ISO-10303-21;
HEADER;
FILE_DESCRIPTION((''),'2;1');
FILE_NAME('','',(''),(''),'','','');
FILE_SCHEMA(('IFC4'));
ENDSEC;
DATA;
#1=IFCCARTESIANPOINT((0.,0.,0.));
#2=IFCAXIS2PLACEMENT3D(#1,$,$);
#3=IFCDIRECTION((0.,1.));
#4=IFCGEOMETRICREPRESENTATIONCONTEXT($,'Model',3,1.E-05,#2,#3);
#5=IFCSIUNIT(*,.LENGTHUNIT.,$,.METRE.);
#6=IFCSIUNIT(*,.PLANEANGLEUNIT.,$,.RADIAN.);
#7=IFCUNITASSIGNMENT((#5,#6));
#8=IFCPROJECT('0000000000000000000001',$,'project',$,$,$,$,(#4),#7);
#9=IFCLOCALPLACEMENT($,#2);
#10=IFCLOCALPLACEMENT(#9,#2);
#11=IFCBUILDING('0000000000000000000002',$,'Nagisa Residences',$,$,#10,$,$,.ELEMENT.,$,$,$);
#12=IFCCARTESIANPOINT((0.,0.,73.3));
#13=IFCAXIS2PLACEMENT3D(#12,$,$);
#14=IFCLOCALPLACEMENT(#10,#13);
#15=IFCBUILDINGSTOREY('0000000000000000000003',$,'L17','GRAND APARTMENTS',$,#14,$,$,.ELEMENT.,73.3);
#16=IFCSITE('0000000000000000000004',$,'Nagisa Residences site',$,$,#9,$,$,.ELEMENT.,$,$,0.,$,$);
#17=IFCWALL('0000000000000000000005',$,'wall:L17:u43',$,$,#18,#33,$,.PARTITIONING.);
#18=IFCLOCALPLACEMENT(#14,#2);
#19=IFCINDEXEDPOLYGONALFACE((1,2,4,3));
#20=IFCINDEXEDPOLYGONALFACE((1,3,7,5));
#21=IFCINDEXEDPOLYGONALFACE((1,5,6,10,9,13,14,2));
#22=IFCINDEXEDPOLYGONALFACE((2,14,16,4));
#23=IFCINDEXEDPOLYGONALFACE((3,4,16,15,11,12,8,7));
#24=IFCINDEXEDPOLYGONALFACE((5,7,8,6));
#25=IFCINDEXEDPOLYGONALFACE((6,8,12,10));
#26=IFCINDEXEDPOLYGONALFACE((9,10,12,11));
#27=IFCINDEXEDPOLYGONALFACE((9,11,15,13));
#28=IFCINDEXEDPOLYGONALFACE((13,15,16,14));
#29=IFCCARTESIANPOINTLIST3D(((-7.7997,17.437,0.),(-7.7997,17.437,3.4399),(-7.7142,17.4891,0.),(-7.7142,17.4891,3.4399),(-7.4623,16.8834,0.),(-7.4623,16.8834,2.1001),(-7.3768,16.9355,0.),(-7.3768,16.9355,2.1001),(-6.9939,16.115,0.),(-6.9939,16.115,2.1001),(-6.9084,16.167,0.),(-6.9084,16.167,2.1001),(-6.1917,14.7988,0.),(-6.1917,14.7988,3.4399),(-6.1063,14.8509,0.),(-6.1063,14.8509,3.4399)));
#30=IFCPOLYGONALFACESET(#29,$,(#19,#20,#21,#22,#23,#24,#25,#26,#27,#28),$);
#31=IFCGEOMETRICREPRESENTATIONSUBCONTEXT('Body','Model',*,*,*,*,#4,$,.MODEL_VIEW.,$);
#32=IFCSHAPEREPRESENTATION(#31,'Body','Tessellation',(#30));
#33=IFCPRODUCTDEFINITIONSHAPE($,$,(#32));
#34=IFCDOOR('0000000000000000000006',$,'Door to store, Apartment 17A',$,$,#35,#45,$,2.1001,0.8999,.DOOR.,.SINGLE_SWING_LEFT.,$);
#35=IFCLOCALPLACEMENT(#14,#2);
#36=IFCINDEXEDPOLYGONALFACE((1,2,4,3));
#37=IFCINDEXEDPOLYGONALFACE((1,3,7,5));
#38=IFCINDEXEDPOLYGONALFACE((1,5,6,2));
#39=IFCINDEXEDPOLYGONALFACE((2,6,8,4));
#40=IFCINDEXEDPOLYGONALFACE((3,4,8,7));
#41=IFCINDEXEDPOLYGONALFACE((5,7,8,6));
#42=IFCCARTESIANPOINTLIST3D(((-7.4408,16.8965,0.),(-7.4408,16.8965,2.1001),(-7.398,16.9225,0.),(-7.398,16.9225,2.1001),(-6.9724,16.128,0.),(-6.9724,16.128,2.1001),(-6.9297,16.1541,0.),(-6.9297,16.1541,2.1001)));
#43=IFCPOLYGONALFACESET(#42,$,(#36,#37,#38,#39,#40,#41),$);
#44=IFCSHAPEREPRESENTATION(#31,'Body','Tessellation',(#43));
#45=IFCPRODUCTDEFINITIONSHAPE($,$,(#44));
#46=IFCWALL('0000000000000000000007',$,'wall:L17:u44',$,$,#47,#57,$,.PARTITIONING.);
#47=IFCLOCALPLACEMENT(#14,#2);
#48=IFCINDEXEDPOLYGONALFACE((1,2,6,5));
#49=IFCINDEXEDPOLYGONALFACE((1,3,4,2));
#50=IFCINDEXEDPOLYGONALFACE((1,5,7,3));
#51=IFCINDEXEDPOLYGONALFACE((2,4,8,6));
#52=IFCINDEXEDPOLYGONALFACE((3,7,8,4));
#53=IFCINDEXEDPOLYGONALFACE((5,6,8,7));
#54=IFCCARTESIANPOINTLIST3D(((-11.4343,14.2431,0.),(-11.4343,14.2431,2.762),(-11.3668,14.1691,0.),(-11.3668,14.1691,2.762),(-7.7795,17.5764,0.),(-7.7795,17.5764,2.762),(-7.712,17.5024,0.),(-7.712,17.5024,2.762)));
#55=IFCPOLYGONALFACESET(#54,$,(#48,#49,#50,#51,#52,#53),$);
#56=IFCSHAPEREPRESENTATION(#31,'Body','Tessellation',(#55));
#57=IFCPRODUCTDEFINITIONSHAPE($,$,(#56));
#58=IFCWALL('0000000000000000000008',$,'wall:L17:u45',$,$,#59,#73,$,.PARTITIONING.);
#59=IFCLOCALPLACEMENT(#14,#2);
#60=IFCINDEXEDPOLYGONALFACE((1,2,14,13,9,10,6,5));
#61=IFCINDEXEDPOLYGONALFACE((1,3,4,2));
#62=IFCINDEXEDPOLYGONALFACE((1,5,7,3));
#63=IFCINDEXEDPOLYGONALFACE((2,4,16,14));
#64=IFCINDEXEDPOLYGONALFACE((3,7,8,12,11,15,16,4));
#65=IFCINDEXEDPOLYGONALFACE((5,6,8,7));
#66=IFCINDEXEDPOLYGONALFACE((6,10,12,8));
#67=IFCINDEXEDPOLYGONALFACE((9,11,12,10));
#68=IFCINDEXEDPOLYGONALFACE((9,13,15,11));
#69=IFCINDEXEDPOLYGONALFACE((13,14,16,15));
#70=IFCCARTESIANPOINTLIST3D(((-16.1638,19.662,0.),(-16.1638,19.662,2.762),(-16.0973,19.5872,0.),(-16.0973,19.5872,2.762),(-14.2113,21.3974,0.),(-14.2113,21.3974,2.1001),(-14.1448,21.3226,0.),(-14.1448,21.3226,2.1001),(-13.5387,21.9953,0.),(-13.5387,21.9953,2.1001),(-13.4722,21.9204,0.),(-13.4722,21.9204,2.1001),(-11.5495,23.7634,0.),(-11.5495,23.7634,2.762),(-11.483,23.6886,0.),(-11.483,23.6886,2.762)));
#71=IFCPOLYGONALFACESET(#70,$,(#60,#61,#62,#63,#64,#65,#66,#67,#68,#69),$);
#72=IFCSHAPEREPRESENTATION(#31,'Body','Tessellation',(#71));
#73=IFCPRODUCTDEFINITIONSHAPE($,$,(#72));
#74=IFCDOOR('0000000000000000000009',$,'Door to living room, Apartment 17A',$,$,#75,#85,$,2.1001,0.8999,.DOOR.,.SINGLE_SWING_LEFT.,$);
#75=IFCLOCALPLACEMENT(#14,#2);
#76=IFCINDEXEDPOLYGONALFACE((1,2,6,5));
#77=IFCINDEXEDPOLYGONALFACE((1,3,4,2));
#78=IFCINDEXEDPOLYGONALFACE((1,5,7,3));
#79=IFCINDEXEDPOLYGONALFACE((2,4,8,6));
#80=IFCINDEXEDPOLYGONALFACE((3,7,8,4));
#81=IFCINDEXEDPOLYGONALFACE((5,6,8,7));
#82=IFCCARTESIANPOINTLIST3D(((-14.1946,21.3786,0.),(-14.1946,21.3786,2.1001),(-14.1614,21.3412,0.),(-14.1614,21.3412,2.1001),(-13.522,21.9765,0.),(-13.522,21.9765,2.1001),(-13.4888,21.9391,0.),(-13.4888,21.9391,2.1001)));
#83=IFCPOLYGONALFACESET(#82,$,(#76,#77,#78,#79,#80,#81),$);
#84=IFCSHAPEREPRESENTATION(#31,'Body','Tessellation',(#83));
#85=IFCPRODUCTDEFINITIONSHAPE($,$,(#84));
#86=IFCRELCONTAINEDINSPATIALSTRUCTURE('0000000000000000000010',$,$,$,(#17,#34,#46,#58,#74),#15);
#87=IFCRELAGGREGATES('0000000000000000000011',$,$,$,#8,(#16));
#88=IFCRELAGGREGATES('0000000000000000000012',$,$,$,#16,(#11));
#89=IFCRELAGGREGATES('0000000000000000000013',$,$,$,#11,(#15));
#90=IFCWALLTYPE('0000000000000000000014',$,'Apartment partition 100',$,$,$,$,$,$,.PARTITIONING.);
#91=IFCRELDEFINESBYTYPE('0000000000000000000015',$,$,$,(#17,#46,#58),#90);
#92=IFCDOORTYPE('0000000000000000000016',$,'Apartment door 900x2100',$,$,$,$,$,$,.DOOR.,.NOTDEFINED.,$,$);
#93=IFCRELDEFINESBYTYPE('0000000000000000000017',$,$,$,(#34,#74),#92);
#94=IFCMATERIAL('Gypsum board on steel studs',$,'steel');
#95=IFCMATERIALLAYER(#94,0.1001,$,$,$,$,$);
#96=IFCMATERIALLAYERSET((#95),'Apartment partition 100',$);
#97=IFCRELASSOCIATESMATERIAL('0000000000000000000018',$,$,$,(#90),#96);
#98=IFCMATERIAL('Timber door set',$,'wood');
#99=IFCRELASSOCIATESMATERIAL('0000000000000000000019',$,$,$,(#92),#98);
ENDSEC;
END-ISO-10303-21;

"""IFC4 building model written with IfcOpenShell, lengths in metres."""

from ifc_helpers import new_model, si_unit, direction, frame, frame_2d, origin, place, context, subcontext, project, spatial, rectangle, extrude, material, layer, layer_set, type_object, element, fill, save


model = new_model("IFC4")

# Units and contexts
model_context = context("Model", 3, precision=1e-05, world=origin(), true_north=direction((0.0, 1.0)))
body_context = subcontext(model_context, "Body", "Model", "MODEL_VIEW")
ifc_project = project(units=[si_unit("LENGTHUNIT", "METRE"), si_unit("PLANEANGLEUNIT", "RADIAN")], contexts=[model_context])

# Site, building, storey
site_placement = place(None, origin())
site = spatial("IfcSite", under=ifc_project, at=site_placement, Name="Nagisa Residences site", CompositionType="ELEMENT", RefElevation=0.0)
building_placement = place(site_placement, origin())
building = spatial("IfcBuilding", under=site, at=building_placement, Name="Nagisa Residences", CompositionType="ELEMENT")
storey_placement = place(building_placement, frame((0.0, 0.0, 73.3)))
storey = spatial("IfcBuildingStorey", under=building, at=storey_placement, Name="L17", Description="GRAND APARTMENTS", CompositionType="ELEMENT", Elevation=73.3)

# Shared definitions
ifc_material_1 = material(Name="Gypsum board on steel studs", Category="steel")
ifc_layer_1 = layer(ifc_material_1, 0.1001)
ifc_layer_set_1 = layer_set([ifc_layer_1], Name="Apartment partition 100")
wall_type_1 = type_object("IfcWallType", Name="Apartment partition 100", PredefinedType="PARTITIONING", material=ifc_layer_set_1)

# Shared definitions
ifc_material_2 = material(Name="Timber door set", Category="wood")
door_type_1 = type_object("IfcDoorType", Name="Apartment door 900x2100", OperationType="NOTDEFINED", PredefinedType="DOOR", material=ifc_material_2)

# Wall, opening, door
wall_1_placement = place(storey_placement, frame((-6.1489, 14.8247, 0.0), z_axis=(0.0, 0.0, 1.0), x_axis=(-0.520433, 0.853902, 0.0)))
wall_1 = element("IfcWall", 1, at=wall_1_placement, inside=storey, type_object=wall_type_1, Name="wall:L17:u43", PredefinedType="PARTITIONING", context=body_context, shape_type="SweptSolid", body=[
    extrude(rectangle(XDim=3.0896, YDim=0.1001, at=frame_2d((1.5449, 0.0))), origin(), (0.0, 0.0, 1.0), 3.4399),
])
opening_1_placement = place(wall_1_placement, frame((1.5415, 0.0, 0.0)))
opening_1 = element("IfcOpeningElement", 2, at=opening_1_placement, cuts=wall_1, PredefinedType="OPENING", context=body_context, shape_type="SweptSolid", body=[
    extrude(rectangle(XDim=0.8999, YDim=2.1001, at=frame_2d((0.45, 1.05))), frame((0.0, 0.0601, 0.0), z_axis=(0.0, -1.0, 0.0), x_axis=(1.0, 0.0, 0.0)), (0.0, 0.0, 1.0), 0.1201),
])
door_1_placement = place(opening_1_placement, origin())
door_1 = element("IfcDoor", 3, at=door_1_placement, inside=storey, type_object=door_type_1, Name="Door to store, Apartment 17A", OperationType="SINGLE_SWING_LEFT", OverallHeight=2.1001, OverallWidth=0.8999, PredefinedType="DOOR", context=body_context, shape_type="SweptSolid", body=[
    extrude(rectangle(XDim=0.8999, YDim=2.1001, at=frame_2d((0.45, 1.05))), frame((0.0, 0.0249, 0.0), z_axis=(0.0, -1.0, 0.0), x_axis=(1.0, 0.0, 0.0)), (0.0, 0.0, 1.0), 0.05),
])
fill(opening_1, door_1)

# Wall
wall_2_placement = place(storey_placement, frame((-7.7458, 17.5393, 0.0), z_axis=(0.0, 0.0, 1.0), x_axis=(-0.73886, -0.673858, 0.0)))
element("IfcWall", 4, at=wall_2_placement, inside=storey, type_object=wall_type_1, Name="wall:L17:u44", PredefinedType="PARTITIONING", context=body_context, shape_type="SweptSolid", body=[
    extrude(rectangle(XDim=4.9465, YDim=0.1001, at=frame_2d((2.4731, 0.0))), origin(), (0.0, 0.0, 1.0), 2.762),
])

# Wall, opening, door
wall_3_placement = place(storey_placement, frame((-11.5161, 23.7261, 0.0), z_axis=(0.0, 0.0, 1.0), x_axis=(-0.747429, -0.664342, 0.0)))
wall_3 = element("IfcWall", 5, at=wall_3_placement, inside=storey, type_object=wall_type_1, Name="wall:L17:u45", PredefinedType="PARTITIONING", context=body_context, shape_type="SweptSolid", body=[
    extrude(rectangle(XDim=6.1736, YDim=0.1001, at=frame_2d((3.0869, 0.0))), origin(), (0.0, 0.0, 1.0), 2.762),
])
opening_2_placement = place(wall_3_placement, frame((2.6616, 0.0, 0.0)))
opening_2 = element("IfcOpeningElement", 6, at=opening_2_placement, cuts=wall_3, PredefinedType="OPENING", context=body_context, shape_type="SweptSolid", body=[
    extrude(rectangle(XDim=0.8999, YDim=2.1001, at=frame_2d((0.45, 1.05))), frame((0.0, 0.0601, 0.0), z_axis=(0.0, -1.0, 0.0), x_axis=(1.0, 0.0, 0.0)), (0.0, 0.0, 1.0), 0.1201),
])
door_2_placement = place(opening_2_placement, frame((0.8999, 0.0, 0.0), x_axis=(-1.0, 0.0, 0.0)))
door_2 = element("IfcDoor", 7, at=door_2_placement, inside=storey, type_object=door_type_1, Name="Door to living room, Apartment 17A", OperationType="SINGLE_SWING_LEFT", OverallHeight=2.1001, OverallWidth=0.8999, PredefinedType="DOOR", context=body_context, shape_type="SweptSolid", body=[
    extrude(rectangle(XDim=0.8999, YDim=2.1001, at=frame_2d((0.45, 1.05))), frame((0.0, 0.0249, 0.0), z_axis=(0.0, -1.0, 0.0), x_axis=(1.0, 0.0, 0.0)), (0.0, 0.0, 1.0), 0.05),
])
fill(opening_2, door_2)

save(model, "model.ifc")
